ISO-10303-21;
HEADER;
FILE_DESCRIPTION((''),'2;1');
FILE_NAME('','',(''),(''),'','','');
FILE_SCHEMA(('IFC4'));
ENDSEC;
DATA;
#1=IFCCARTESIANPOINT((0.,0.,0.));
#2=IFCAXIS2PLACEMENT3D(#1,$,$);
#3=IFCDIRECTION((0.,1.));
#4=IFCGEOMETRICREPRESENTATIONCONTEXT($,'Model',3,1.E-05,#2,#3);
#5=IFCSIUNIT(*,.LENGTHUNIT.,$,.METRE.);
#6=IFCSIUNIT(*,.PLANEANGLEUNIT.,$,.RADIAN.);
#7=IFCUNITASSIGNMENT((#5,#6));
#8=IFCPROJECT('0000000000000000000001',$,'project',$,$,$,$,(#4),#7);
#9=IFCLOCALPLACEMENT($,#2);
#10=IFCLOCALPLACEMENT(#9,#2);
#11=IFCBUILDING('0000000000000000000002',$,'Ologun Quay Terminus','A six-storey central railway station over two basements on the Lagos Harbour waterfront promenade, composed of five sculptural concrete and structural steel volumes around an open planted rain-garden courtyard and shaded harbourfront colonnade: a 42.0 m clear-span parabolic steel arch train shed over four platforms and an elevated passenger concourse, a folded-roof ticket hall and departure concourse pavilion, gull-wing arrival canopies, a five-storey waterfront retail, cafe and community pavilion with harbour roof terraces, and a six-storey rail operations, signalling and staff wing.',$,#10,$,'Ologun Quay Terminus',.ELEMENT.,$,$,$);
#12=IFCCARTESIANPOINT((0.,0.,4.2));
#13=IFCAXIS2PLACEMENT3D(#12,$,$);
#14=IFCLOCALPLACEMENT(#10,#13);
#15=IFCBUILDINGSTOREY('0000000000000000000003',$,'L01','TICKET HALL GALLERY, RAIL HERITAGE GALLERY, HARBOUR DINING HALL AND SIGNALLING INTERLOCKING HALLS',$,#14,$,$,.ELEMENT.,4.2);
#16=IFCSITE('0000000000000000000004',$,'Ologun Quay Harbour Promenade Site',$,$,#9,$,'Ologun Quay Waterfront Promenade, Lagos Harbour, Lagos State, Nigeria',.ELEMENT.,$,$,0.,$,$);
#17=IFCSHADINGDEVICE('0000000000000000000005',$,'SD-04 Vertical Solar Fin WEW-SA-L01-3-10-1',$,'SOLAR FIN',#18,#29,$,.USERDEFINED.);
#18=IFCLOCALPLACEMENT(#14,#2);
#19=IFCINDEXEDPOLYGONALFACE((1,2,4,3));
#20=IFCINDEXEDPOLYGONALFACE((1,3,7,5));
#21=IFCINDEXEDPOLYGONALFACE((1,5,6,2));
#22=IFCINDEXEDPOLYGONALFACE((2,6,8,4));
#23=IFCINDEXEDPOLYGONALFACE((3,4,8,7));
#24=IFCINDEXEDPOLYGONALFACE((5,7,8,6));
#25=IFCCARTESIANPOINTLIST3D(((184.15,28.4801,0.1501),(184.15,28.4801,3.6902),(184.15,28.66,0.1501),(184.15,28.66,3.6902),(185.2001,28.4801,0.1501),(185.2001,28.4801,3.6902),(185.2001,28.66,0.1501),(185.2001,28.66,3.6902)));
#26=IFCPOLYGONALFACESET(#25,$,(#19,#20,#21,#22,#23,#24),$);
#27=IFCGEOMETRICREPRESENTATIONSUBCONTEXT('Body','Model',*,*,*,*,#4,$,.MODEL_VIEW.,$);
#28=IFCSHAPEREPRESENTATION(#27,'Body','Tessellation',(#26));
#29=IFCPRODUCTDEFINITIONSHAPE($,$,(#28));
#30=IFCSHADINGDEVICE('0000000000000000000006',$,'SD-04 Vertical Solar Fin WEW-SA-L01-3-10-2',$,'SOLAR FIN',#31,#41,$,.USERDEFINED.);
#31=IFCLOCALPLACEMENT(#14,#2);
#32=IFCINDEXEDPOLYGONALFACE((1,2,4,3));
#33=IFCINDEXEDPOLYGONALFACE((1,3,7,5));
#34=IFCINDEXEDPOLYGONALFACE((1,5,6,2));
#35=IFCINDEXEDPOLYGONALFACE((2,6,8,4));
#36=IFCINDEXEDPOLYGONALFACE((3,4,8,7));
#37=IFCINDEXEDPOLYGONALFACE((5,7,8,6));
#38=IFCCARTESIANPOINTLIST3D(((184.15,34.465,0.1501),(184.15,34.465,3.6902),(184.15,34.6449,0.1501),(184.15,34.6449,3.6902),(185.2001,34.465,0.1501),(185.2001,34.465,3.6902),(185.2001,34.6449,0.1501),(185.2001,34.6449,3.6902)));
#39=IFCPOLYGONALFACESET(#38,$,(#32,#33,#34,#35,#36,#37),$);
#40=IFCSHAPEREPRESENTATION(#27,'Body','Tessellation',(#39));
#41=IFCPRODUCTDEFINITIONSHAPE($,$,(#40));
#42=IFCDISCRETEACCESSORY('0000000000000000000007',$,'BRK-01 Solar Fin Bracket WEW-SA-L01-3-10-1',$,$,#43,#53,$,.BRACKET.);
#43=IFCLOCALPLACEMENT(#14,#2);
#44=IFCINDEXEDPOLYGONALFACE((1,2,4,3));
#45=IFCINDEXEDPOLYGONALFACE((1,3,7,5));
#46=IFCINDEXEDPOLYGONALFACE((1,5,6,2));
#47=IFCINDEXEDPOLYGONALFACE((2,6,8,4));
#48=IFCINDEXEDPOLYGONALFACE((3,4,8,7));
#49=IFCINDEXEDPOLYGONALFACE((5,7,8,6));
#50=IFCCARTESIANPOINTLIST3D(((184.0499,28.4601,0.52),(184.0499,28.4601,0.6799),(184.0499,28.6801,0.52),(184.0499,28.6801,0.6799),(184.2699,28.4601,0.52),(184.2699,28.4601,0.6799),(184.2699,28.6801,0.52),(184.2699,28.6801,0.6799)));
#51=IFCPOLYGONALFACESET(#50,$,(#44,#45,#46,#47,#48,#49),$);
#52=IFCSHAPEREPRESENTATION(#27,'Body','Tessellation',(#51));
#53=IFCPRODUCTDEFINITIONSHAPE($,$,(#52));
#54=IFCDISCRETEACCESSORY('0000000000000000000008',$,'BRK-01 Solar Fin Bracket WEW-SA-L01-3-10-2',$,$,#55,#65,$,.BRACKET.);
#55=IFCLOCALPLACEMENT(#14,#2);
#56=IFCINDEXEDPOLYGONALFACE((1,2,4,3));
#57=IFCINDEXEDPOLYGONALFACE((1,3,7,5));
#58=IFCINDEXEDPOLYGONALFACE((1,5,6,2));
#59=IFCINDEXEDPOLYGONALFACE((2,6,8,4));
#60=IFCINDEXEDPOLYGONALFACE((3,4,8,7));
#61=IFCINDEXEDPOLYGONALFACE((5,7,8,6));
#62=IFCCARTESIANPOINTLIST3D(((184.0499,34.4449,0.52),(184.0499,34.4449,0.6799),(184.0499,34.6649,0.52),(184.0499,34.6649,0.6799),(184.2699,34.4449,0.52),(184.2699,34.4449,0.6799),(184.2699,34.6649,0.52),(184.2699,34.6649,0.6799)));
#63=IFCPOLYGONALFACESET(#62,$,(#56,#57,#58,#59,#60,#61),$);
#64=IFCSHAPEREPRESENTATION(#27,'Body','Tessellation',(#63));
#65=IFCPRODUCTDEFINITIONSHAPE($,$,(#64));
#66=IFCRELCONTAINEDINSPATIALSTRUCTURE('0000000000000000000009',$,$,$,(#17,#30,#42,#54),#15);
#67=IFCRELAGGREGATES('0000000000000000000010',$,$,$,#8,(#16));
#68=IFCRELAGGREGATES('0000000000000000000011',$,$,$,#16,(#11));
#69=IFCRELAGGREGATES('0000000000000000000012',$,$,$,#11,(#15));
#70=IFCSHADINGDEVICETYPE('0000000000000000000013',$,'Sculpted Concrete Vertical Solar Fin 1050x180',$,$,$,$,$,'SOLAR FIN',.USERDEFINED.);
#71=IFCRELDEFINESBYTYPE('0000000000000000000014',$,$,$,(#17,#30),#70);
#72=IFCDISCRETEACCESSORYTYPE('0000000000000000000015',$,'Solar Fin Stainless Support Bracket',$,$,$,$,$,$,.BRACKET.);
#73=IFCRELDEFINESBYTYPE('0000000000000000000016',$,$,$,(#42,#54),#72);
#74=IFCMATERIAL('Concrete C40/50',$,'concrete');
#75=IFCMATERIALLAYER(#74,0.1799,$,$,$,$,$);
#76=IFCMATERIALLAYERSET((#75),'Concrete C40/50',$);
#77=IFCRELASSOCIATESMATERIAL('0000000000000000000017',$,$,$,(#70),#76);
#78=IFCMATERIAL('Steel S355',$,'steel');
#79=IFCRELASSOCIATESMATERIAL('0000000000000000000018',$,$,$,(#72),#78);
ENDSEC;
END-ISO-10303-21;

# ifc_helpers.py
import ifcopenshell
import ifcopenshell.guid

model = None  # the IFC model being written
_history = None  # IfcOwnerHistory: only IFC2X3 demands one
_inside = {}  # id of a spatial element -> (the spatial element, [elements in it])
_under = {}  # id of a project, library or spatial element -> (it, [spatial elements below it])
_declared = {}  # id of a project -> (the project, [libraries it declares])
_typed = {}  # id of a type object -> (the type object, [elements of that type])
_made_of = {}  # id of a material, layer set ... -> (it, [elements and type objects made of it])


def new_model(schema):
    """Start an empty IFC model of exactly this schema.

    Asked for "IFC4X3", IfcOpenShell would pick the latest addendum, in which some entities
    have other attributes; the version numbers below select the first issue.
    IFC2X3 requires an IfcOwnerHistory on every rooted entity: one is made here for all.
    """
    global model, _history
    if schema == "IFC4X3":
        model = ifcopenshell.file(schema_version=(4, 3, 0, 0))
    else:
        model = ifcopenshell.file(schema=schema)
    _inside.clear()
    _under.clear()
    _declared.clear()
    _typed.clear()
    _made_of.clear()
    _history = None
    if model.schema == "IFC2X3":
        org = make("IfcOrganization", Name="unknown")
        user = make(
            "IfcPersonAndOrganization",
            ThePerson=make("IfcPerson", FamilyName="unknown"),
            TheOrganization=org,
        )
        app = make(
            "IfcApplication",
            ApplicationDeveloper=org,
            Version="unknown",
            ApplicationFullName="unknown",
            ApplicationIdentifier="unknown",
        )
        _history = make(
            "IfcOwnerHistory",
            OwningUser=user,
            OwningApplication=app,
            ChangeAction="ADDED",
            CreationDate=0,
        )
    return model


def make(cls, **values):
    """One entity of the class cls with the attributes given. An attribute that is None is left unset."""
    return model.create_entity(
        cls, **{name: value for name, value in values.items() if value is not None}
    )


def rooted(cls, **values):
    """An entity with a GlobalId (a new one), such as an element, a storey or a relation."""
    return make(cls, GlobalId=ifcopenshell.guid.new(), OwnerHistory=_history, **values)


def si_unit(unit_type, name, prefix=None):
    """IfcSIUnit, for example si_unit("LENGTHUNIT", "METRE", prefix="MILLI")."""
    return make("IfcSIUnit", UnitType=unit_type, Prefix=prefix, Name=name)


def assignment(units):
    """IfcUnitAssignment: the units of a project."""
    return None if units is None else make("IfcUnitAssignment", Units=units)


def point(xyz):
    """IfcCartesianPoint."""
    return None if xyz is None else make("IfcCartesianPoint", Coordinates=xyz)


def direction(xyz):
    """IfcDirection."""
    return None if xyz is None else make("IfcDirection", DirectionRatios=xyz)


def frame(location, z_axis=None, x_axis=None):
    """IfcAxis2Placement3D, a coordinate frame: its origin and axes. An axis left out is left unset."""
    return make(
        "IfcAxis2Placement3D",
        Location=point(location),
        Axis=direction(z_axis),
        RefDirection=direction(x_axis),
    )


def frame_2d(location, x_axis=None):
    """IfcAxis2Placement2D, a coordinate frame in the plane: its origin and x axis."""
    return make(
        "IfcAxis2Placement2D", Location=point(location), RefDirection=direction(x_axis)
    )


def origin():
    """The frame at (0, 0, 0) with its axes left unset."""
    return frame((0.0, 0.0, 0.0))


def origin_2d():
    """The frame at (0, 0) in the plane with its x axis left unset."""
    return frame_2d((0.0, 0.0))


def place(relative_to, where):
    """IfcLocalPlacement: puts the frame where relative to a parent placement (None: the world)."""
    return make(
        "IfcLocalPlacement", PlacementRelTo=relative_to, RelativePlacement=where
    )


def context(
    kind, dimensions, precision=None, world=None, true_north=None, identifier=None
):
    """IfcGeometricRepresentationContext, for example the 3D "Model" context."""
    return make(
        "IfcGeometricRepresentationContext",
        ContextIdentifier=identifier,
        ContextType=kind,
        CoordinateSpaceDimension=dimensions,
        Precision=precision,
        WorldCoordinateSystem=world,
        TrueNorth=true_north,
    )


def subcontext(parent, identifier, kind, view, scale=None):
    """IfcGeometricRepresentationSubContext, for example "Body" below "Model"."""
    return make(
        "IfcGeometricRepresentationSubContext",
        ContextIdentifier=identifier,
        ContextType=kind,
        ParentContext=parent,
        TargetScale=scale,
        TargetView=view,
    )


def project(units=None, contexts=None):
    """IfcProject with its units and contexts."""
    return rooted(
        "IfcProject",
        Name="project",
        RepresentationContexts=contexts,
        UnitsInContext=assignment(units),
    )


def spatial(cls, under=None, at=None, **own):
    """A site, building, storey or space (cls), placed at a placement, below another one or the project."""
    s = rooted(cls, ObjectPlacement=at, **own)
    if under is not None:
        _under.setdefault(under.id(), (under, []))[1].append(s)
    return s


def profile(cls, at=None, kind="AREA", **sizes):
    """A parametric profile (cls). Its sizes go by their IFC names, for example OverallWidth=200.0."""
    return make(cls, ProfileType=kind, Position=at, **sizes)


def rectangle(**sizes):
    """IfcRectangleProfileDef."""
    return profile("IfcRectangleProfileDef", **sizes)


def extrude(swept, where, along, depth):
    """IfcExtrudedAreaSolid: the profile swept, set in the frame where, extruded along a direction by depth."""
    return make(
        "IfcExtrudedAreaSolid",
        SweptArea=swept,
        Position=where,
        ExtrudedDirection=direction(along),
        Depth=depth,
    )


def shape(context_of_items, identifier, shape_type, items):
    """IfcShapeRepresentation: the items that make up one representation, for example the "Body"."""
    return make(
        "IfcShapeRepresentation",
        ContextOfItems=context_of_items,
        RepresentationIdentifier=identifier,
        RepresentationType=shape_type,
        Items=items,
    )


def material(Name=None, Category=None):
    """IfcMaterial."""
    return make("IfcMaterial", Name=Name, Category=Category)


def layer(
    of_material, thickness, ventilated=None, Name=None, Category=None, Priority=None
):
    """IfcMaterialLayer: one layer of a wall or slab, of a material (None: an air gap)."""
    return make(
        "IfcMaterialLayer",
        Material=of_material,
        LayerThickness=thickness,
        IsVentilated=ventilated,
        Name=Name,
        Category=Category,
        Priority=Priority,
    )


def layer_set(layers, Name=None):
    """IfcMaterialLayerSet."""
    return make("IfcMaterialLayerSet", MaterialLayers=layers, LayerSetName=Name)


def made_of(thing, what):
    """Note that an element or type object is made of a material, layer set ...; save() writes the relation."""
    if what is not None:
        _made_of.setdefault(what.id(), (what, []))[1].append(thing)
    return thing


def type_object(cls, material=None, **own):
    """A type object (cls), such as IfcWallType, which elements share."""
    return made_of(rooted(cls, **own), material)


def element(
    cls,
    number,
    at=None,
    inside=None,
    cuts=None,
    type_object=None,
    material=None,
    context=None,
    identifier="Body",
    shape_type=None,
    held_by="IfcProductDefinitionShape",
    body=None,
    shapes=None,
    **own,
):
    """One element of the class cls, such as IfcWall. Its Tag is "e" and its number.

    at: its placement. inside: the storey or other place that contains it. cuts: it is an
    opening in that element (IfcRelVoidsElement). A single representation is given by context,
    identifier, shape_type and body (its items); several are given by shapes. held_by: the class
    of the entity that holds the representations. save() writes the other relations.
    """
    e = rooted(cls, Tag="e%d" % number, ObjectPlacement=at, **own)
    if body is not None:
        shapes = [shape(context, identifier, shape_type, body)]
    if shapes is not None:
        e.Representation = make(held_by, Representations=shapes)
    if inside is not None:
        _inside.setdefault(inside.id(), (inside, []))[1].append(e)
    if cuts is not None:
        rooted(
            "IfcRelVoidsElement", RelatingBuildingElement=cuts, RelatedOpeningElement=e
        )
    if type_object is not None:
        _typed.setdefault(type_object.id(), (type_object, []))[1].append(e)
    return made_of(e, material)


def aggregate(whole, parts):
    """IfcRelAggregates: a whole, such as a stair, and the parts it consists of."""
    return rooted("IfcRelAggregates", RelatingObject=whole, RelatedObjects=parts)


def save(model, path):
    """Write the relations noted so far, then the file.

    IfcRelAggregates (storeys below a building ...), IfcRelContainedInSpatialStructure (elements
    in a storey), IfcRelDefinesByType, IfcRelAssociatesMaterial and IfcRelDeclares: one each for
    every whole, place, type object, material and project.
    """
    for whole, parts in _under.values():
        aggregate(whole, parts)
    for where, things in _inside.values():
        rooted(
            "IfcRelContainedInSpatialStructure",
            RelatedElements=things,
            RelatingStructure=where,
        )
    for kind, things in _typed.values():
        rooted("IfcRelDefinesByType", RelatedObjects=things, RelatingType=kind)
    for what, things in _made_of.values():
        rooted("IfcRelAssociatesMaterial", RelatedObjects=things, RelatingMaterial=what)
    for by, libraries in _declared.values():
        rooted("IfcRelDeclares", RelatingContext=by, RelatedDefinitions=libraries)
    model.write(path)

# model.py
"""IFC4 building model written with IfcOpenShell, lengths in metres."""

from ifc_helpers import new_model, si_unit, direction, frame, origin, origin_2d, place, context, subcontext, project, spatial, rectangle, extrude, material, layer, layer_set, type_object, element, save


model = new_model("IFC4")

# Units and contexts
model_context = context("Model", 3, precision=1e-05, world=origin(), true_north=direction((0.0, 1.0)))
body_context = subcontext(model_context, "Body", "Model", "MODEL_VIEW")
ifc_project = project(units=[si_unit("LENGTHUNIT", "METRE"), si_unit("PLANEANGLEUNIT", "RADIAN")], contexts=[model_context])

# Site, building, storey
site_placement = place(None, origin())
site = spatial("IfcSite", under=ifc_project, at=site_placement, Name="Ologun Quay Harbour Promenade Site", LongName="Ologun Quay Waterfront Promenade, Lagos Harbour, Lagos State, Nigeria", CompositionType="ELEMENT", RefElevation=0.0)
building_placement = place(site_placement, origin())
building = spatial("IfcBuilding", under=site, at=building_placement, Name="Ologun Quay Terminus", Description="A six-storey central railway station over two basements on the Lagos Harbour waterfront promenade, composed of five sculptural concrete and structural steel volumes around an open planted rain-garden courtyard and shaded harbourfront colonnade: a 42.0 m clear-span parabolic steel arch train shed over four platforms and an elevated passenger concourse, a folded-roof ticket hall and departure concourse pavilion, gull-wing arrival canopies, a five-storey waterfront retail, cafe and community pavilion with harbour roof terraces, and a six-storey rail operations, signalling and staff wing.", LongName="Ologun Quay Terminus", CompositionType="ELEMENT")
storey_placement = place(building_placement, frame((0.0, 0.0, 4.2)))
storey = spatial("IfcBuildingStorey", under=building, at=storey_placement, Name="L01", Description="TICKET HALL GALLERY, RAIL HERITAGE GALLERY, HARBOUR DINING HALL AND SIGNALLING INTERLOCKING HALLS", CompositionType="ELEMENT", Elevation=4.2)

# Shading devices
ifc_material_1 = material(Name="Concrete C40/50", Category="concrete")
ifc_layer_1 = layer(ifc_material_1, 0.1799)
ifc_layer_set_1 = layer_set([ifc_layer_1], Name="Concrete C40/50")
shading_device_type = type_object("IfcShadingDeviceType", Name="Sculpted Concrete Vertical Solar Fin 1050x180", ElementType="SOLAR FIN", PredefinedType="USERDEFINED", material=ifc_layer_set_1)
for number, where, z_axis, x_axis, name in (
    (1, (184.675, 28.5701, 0.1501), (0.0, 0.0, 1.0), (1.0, 0.0, 0.0), "SD-04 Vertical Solar Fin WEW-SA-L01-3-10-1"),
    (2, (184.675, 34.5549, 0.1501), (0.0, 0.0, 1.0), (1.0, 0.0, 0.0), "SD-04 Vertical Solar Fin WEW-SA-L01-3-10-2"),
):
    element("IfcShadingDevice", number, at=place(storey_placement, frame(where, z_axis=z_axis, x_axis=x_axis)), inside=storey, type_object=shading_device_type, Name=name, ObjectType="SOLAR FIN", PredefinedType="USERDEFINED", context=body_context, shape_type="SweptSolid", body=[
        extrude(rectangle(XDim=1.05, YDim=0.1799, at=origin_2d()), origin(), (0.0, 0.0, 1.0), 3.54),
    ])

# Discrete accessories
ifc_material_2 = material(Name="Steel S355", Category="steel")
discrete_accessory_type = type_object("IfcDiscreteAccessoryType", Name="Solar Fin Stainless Support Bracket", PredefinedType="BRACKET", material=ifc_material_2)
for number, where, z_axis, x_axis, name in (
    (3, (184.1599, 28.5701, 0.52), (0.0, 0.0, 1.0), (1.0, 0.0, 0.0), "BRK-01 Solar Fin Bracket WEW-SA-L01-3-10-1"),
    (4, (184.1599, 34.5549, 0.52), (0.0, 0.0, 1.0), (1.0, 0.0, 0.0), "BRK-01 Solar Fin Bracket WEW-SA-L01-3-10-2"),
):
    element("IfcDiscreteAccessory", number, at=place(storey_placement, frame(where, z_axis=z_axis, x_axis=x_axis)), inside=storey, type_object=discrete_accessory_type, Name=name, PredefinedType="BRACKET", context=body_context, shape_type="SweptSolid", body=[
        extrude(rectangle(XDim=0.22, YDim=0.22, at=origin_2d()), origin(), (0.0, 0.0, 1.0), 0.1599),
    ])

save(model, "model.ifc")
